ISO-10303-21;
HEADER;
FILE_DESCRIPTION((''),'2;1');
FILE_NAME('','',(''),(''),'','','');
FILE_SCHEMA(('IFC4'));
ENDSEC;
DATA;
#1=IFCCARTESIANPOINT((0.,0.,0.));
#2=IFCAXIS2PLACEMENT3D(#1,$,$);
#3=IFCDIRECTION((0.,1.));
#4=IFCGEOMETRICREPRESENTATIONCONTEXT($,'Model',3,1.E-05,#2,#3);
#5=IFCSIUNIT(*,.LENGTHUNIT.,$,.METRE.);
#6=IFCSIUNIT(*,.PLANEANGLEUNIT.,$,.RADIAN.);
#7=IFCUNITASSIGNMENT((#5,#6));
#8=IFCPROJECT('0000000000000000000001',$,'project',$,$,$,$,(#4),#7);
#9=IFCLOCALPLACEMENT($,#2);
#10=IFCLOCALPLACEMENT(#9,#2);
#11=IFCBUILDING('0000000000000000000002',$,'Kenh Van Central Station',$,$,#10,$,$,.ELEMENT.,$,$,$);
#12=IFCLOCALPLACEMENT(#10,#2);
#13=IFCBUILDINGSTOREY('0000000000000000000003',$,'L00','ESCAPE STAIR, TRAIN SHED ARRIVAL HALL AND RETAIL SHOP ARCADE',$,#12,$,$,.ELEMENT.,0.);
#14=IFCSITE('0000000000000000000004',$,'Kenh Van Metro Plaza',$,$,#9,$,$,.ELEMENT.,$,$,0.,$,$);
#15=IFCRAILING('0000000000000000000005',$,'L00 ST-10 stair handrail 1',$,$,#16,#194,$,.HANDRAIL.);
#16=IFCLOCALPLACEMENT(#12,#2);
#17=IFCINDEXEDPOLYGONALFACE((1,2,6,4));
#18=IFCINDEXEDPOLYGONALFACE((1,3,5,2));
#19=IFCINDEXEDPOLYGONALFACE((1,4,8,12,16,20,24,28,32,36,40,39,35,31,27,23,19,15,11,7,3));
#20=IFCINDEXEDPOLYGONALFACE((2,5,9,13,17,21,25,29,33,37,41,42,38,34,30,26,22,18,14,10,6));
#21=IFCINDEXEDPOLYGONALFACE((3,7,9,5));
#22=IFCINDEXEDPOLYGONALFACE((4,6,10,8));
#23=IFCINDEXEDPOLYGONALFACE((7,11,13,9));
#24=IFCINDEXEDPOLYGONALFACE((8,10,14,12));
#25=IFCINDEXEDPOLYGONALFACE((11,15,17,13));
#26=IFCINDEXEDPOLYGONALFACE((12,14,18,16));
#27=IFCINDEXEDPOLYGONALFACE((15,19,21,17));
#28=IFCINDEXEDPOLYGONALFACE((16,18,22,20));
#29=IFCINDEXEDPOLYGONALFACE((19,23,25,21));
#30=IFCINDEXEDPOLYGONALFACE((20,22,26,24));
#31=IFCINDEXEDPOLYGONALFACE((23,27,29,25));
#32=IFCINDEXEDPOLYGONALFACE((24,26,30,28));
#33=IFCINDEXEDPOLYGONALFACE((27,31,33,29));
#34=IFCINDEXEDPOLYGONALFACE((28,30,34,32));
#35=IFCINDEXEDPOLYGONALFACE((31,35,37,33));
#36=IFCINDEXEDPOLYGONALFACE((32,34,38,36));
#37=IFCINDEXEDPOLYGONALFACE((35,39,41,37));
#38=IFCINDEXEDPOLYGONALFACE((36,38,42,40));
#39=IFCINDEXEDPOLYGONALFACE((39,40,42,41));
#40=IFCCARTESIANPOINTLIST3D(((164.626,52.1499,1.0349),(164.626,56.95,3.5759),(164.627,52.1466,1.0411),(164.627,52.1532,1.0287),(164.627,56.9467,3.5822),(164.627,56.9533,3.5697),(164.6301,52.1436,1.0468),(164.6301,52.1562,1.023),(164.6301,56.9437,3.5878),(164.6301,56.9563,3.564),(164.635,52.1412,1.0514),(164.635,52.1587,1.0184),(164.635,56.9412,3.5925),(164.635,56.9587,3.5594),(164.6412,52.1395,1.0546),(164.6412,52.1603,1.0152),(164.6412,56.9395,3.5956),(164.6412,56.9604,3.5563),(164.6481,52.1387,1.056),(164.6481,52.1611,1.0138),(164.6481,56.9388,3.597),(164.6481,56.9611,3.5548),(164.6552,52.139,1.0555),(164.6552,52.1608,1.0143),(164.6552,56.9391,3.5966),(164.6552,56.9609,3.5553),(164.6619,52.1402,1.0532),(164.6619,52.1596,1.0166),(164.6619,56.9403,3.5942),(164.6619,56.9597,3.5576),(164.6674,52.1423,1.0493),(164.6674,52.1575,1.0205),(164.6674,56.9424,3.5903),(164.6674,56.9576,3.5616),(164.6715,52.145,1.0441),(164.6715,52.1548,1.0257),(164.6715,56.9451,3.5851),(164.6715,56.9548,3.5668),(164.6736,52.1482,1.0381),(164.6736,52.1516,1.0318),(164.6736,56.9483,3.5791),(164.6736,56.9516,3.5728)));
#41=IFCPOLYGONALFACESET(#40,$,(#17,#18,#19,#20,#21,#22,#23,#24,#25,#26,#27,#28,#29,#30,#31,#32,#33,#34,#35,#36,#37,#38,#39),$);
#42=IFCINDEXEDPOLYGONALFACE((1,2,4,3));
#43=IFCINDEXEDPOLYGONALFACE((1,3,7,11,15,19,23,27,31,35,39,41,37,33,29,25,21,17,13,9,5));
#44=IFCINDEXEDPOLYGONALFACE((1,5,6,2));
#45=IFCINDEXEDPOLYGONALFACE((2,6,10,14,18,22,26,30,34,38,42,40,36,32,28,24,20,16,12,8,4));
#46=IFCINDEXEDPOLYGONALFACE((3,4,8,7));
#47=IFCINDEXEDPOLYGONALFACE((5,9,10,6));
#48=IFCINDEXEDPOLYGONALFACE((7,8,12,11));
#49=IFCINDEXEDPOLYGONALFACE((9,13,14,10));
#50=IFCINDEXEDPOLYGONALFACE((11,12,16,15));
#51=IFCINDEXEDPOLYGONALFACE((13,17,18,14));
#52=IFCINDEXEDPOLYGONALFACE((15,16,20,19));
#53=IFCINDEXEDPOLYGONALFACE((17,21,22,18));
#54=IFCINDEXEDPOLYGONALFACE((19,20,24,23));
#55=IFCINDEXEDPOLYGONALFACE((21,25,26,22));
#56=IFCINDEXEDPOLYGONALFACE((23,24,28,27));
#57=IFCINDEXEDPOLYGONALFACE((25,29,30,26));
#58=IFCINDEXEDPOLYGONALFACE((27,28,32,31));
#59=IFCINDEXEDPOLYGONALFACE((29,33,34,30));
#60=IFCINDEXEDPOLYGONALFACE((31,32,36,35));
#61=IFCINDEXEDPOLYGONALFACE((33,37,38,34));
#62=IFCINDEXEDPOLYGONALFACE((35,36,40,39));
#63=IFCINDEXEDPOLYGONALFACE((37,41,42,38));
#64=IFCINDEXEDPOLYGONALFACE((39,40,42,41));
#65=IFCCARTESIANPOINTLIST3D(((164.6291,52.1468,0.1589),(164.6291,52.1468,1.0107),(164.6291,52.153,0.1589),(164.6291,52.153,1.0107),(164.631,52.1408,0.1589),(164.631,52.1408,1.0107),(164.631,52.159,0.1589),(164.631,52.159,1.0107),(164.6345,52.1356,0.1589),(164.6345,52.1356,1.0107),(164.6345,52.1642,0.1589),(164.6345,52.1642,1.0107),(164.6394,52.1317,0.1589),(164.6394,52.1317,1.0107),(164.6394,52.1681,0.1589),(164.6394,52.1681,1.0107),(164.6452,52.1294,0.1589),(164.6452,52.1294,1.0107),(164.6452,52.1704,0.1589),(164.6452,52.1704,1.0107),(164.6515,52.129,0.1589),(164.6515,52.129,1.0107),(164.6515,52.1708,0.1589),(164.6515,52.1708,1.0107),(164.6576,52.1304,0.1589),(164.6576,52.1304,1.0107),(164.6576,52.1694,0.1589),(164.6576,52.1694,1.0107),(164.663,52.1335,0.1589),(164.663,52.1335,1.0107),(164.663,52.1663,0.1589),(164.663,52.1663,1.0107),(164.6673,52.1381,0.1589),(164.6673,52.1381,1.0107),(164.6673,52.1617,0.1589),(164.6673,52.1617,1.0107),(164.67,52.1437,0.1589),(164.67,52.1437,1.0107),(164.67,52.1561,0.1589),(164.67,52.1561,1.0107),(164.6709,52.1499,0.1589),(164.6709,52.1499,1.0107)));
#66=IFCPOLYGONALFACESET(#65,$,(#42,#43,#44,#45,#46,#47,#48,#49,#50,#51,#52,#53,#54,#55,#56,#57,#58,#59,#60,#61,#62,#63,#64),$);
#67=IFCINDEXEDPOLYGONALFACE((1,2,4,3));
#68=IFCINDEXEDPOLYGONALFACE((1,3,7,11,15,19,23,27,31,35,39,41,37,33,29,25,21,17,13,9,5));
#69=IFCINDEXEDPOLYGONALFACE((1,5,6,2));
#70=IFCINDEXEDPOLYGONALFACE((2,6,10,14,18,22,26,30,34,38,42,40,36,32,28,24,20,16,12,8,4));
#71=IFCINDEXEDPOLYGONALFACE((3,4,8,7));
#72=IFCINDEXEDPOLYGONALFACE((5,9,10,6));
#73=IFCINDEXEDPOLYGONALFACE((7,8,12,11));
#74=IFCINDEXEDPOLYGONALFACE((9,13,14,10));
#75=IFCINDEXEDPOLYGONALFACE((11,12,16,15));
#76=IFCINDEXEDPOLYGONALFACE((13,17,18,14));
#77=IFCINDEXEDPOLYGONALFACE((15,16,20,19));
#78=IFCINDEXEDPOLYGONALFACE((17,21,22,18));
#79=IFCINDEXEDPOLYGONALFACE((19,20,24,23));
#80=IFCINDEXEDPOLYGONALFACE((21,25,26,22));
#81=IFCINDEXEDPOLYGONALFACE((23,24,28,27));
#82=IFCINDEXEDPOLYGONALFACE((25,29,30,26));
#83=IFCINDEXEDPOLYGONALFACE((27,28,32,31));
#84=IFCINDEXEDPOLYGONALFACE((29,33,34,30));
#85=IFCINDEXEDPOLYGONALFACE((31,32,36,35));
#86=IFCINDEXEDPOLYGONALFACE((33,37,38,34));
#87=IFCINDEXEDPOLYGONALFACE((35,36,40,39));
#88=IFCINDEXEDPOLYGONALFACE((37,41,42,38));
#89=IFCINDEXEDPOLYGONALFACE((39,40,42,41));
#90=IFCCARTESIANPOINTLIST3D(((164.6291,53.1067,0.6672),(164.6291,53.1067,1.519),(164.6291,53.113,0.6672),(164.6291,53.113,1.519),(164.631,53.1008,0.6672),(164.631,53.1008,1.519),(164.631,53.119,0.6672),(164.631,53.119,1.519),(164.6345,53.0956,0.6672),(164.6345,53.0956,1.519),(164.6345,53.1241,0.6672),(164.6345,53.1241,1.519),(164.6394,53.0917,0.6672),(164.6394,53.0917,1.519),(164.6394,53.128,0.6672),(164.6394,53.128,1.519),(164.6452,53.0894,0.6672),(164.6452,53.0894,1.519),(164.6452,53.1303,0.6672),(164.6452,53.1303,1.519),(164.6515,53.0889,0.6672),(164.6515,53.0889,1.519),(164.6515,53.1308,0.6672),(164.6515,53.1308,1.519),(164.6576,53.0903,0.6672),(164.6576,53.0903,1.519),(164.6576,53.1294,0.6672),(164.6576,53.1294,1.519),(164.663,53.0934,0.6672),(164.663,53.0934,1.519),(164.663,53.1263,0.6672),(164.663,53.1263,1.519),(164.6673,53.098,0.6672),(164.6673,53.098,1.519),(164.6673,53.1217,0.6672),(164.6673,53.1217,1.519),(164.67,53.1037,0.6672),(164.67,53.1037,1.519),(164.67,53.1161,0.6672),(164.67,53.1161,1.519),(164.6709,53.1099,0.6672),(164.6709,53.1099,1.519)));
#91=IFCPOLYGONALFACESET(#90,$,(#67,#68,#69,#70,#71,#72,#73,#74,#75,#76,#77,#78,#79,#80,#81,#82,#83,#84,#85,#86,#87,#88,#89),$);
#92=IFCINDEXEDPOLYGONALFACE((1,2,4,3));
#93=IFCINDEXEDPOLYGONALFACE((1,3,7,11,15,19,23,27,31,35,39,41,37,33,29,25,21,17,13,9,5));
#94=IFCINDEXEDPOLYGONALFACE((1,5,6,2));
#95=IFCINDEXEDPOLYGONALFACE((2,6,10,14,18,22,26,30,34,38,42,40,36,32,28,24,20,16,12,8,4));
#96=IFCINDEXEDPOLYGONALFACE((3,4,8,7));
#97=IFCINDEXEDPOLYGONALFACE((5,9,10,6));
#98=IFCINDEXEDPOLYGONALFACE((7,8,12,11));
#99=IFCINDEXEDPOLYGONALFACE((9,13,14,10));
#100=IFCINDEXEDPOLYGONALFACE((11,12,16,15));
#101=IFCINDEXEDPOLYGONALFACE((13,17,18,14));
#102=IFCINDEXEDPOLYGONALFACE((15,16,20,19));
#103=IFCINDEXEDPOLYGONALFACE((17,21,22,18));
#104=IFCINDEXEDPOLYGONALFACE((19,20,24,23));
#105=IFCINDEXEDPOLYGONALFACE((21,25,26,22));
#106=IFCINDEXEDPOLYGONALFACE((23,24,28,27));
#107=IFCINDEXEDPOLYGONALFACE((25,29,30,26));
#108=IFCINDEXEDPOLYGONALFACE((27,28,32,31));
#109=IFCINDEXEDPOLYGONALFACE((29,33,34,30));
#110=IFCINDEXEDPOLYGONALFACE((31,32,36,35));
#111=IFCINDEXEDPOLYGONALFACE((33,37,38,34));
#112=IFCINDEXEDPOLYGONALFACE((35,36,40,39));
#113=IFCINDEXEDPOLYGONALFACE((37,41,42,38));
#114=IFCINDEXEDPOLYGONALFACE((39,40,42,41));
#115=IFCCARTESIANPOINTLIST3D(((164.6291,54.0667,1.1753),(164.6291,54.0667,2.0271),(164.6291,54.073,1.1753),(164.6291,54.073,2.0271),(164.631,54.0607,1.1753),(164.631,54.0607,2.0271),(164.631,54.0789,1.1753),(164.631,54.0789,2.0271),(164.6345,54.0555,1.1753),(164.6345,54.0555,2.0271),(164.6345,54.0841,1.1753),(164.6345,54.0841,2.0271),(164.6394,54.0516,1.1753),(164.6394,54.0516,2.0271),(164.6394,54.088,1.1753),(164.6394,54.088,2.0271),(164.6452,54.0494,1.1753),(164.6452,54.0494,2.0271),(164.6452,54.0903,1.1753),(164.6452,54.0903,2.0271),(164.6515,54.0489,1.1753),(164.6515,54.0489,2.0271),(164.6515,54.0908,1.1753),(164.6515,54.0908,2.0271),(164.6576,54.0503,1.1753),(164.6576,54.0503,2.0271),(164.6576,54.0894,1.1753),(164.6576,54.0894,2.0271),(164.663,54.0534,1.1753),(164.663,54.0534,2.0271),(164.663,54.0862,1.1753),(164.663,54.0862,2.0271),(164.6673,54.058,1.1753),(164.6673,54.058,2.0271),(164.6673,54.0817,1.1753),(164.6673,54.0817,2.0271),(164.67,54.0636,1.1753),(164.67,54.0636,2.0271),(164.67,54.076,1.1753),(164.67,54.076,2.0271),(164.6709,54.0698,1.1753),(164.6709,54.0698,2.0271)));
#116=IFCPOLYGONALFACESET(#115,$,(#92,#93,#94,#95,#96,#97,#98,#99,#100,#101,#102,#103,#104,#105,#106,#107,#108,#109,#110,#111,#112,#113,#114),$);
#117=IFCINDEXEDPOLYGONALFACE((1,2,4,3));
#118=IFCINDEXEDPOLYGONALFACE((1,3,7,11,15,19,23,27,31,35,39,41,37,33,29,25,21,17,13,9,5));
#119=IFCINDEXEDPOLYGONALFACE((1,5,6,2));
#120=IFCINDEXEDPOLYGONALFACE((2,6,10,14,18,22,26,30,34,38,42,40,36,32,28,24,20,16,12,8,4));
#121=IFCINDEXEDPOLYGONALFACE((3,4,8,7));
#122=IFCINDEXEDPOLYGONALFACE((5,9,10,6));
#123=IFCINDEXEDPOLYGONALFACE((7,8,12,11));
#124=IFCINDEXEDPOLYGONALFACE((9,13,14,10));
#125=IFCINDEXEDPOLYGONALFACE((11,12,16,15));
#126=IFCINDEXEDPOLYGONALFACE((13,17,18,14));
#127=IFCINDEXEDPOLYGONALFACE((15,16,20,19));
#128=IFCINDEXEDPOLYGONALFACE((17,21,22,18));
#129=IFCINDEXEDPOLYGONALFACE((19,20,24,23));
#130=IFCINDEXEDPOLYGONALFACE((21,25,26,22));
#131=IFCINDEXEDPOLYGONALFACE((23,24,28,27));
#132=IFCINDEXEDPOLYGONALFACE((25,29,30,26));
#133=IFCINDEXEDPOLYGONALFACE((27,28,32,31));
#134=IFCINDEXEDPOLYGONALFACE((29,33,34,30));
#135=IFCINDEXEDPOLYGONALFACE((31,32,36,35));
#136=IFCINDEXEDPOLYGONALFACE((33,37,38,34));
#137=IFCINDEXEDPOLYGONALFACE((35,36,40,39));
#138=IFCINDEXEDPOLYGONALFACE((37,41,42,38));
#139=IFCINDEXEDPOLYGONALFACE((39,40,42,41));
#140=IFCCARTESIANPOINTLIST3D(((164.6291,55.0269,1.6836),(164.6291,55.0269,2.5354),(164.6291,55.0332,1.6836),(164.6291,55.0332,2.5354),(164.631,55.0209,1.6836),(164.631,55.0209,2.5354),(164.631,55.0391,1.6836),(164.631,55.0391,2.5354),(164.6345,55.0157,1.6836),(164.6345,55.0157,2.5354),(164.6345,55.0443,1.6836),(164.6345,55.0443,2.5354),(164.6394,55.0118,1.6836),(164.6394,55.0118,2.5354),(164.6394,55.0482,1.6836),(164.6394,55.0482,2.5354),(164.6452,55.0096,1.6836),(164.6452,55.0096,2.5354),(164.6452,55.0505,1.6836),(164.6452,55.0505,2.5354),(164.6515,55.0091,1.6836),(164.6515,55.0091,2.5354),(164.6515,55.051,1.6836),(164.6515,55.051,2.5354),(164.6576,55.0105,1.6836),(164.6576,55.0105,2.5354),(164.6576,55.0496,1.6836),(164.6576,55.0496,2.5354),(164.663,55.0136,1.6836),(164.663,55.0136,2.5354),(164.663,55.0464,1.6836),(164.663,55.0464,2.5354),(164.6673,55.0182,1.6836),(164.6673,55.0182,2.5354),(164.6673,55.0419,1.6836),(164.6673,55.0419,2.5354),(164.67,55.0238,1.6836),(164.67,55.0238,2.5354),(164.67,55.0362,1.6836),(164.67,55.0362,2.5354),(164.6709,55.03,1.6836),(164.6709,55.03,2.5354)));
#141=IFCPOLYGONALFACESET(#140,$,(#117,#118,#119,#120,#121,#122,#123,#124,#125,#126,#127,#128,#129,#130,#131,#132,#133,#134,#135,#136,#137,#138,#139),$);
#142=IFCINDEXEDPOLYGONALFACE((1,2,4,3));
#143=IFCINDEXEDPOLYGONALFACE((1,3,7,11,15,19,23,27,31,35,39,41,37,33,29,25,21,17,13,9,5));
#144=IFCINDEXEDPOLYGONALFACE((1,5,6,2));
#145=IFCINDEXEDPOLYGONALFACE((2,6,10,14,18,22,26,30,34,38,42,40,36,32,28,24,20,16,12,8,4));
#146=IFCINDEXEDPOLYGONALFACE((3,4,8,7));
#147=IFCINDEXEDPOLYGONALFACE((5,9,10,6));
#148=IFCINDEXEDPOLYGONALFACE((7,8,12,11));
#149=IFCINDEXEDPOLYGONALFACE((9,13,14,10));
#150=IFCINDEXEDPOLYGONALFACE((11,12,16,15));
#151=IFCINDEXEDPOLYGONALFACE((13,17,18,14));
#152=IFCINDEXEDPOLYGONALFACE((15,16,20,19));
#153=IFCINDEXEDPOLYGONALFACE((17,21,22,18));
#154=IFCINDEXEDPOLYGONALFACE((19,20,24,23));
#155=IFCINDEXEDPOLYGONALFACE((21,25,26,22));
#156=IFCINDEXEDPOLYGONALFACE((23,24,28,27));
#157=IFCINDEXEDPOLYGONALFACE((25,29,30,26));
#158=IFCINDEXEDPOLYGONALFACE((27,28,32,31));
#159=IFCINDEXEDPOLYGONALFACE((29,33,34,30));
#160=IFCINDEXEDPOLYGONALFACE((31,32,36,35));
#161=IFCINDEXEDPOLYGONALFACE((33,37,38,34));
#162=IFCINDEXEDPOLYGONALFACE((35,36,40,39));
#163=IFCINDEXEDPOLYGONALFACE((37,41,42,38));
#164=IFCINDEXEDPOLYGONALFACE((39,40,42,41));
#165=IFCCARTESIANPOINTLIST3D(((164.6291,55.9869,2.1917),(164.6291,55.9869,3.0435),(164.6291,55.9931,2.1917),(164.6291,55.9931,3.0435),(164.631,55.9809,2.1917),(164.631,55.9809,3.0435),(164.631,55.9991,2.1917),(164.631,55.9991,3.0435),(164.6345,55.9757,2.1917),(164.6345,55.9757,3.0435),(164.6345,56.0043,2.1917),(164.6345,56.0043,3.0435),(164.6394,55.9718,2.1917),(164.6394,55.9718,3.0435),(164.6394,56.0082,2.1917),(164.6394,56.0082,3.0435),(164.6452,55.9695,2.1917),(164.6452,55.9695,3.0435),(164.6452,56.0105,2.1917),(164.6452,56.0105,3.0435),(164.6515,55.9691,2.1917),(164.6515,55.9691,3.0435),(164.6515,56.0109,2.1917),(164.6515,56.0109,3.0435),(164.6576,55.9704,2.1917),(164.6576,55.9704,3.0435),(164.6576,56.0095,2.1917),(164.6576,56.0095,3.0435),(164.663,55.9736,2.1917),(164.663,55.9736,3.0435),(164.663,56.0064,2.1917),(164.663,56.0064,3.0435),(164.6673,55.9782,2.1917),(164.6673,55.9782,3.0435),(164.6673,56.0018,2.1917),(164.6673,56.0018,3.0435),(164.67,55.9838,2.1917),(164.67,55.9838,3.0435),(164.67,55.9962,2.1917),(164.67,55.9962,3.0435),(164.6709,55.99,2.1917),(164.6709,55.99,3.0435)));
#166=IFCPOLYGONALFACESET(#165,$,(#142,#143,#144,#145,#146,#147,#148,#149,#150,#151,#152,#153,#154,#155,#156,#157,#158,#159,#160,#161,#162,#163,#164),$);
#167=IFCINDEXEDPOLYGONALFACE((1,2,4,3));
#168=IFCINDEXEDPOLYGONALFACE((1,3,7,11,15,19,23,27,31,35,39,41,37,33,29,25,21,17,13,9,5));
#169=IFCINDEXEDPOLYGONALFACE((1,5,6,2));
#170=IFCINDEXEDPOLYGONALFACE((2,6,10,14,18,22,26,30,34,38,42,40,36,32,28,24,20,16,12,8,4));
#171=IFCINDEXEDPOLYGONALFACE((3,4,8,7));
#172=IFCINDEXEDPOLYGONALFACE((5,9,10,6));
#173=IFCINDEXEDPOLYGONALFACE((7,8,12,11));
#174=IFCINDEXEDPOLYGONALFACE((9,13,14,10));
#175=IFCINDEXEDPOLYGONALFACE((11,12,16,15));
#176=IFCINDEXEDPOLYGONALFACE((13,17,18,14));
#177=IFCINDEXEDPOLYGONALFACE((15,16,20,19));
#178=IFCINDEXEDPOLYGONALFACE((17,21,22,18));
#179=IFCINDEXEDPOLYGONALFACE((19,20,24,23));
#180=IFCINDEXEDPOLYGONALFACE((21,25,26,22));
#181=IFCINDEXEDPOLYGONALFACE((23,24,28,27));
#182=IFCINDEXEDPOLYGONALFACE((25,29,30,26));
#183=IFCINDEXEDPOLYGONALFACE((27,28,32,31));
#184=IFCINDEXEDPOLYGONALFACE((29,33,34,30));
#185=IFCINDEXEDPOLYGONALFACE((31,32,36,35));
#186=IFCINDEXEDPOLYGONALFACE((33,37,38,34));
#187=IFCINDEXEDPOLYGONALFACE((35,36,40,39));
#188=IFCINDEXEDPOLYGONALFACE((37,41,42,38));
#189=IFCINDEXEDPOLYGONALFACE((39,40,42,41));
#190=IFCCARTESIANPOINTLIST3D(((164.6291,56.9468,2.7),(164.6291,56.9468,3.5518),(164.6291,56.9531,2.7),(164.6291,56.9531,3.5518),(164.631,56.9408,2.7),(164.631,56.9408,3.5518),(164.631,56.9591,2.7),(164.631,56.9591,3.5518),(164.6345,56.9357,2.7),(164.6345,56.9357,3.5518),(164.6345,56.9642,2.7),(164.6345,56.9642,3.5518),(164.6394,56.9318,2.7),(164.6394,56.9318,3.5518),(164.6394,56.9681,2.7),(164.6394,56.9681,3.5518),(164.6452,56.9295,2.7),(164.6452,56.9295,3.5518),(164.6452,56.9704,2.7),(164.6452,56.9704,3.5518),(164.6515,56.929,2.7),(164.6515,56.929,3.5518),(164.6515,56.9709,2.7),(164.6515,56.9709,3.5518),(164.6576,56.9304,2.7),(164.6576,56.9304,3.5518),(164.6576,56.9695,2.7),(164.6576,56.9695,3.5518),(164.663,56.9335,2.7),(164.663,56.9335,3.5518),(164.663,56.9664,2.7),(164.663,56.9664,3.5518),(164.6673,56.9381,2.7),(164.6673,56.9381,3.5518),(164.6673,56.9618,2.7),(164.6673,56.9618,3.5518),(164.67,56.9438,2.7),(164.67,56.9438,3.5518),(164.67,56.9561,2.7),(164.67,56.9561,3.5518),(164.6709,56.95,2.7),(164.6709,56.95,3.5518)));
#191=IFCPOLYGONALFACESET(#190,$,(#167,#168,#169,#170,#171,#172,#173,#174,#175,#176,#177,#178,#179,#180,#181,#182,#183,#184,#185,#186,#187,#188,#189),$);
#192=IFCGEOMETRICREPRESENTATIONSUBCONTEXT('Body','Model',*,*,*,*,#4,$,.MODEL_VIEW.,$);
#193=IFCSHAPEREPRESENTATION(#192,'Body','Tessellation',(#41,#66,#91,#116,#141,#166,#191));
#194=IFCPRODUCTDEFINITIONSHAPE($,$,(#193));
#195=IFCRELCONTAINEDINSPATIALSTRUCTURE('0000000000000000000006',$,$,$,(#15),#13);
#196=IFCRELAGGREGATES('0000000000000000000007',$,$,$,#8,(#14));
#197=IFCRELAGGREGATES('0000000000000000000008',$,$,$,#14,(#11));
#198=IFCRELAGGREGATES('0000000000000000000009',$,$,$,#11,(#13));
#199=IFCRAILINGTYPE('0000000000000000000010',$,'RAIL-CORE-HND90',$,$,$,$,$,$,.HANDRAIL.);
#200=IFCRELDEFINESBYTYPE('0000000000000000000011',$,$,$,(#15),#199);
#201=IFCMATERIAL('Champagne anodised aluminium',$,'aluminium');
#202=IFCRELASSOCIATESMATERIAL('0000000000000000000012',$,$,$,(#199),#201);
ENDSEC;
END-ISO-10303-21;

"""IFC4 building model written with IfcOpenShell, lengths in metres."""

from ifc_helpers import new_model, si_unit, direction, frame, origin, origin_2d, place, context, subcontext, project, spatial, circle, extrude, material, type_object, element, save


model = new_model("IFC4")

# Units and contexts
model_context = context("Model", 3, precision=1e-05, world=origin(), true_north=direction((0.0, 1.0)))
body_context = subcontext(model_context, "Body", "Model", "MODEL_VIEW")
ifc_project = project(units=[si_unit("LENGTHUNIT", "METRE"), si_unit("PLANEANGLEUNIT", "RADIAN")], contexts=[model_context])

# Site, building, storey
site_placement = place(None, origin())
site = spatial("IfcSite", under=ifc_project, at=site_placement, Name="Kenh Van Metro Plaza", CompositionType="ELEMENT", RefElevation=0.0)
building_placement = place(site_placement, origin())
building = spatial("IfcBuilding", under=site, at=building_placement, Name="Kenh Van Central Station", CompositionType="ELEMENT")
storey_placement = place(building_placement, origin())
storey = spatial("IfcBuildingStorey", under=building, at=storey_placement, Name="L00", Description="ESCAPE STAIR, TRAIN SHED ARRIVAL HALL AND RETAIL SHOP ARCADE", CompositionType="ELEMENT", Elevation=0.0)

# Shared definitions
ifc_material_1 = material(Name="Champagne anodised aluminium", Category="aluminium")

# Railing
railing_type_1 = type_object("IfcRailingType", Name="RAIL-CORE-HND90", PredefinedType="HANDRAIL", material=ifc_material_1)
railing_1_placement = place(storey_placement, frame((164.6499, 52.1499, 0.1589)))
element("IfcRailing", 1, at=railing_1_placement, inside=storey, type_object=railing_type_1, Name="L00 ST-10 stair handrail 1", PredefinedType="HANDRAIL", context=body_context, shape_type="SweptSolid", body=[
    extrude(circle(Radius=0.0239, at=origin_2d()), frame((0.0, 0.0, 0.876), z_axis=(0.0, 0.883802, 0.467861), x_axis=(-1.0, 0.0, 0.0)), (0.0, 0.0, 1.0), 5.4312),
    extrude(circle(Radius=0.021, at=origin_2d()), origin(), (0.0, 0.0, 1.0), 0.8518),
    extrude(circle(Radius=0.021, at=origin_2d()), frame((0.0, 0.96, 0.5083)), (0.0, 0.0, 1.0), 0.8518),
    extrude(circle(Radius=0.021, at=origin_2d()), frame((0.0, 1.9199, 1.0164)), (0.0, 0.0, 1.0), 0.8518),
    extrude(circle(Radius=0.021, at=origin_2d()), frame((0.0, 2.8801, 1.5247)), (0.0, 0.0, 1.0), 0.8518),
    extrude(circle(Radius=0.021, at=origin_2d()), frame((0.0, 3.8401, 2.0327)), (0.0, 0.0, 1.0), 0.8518),
    extrude(circle(Radius=0.021, at=origin_2d()), frame((0.0, 4.8, 2.541)), (0.0, 0.0, 1.0), 0.8518),
])

save(model, "model.ifc")
